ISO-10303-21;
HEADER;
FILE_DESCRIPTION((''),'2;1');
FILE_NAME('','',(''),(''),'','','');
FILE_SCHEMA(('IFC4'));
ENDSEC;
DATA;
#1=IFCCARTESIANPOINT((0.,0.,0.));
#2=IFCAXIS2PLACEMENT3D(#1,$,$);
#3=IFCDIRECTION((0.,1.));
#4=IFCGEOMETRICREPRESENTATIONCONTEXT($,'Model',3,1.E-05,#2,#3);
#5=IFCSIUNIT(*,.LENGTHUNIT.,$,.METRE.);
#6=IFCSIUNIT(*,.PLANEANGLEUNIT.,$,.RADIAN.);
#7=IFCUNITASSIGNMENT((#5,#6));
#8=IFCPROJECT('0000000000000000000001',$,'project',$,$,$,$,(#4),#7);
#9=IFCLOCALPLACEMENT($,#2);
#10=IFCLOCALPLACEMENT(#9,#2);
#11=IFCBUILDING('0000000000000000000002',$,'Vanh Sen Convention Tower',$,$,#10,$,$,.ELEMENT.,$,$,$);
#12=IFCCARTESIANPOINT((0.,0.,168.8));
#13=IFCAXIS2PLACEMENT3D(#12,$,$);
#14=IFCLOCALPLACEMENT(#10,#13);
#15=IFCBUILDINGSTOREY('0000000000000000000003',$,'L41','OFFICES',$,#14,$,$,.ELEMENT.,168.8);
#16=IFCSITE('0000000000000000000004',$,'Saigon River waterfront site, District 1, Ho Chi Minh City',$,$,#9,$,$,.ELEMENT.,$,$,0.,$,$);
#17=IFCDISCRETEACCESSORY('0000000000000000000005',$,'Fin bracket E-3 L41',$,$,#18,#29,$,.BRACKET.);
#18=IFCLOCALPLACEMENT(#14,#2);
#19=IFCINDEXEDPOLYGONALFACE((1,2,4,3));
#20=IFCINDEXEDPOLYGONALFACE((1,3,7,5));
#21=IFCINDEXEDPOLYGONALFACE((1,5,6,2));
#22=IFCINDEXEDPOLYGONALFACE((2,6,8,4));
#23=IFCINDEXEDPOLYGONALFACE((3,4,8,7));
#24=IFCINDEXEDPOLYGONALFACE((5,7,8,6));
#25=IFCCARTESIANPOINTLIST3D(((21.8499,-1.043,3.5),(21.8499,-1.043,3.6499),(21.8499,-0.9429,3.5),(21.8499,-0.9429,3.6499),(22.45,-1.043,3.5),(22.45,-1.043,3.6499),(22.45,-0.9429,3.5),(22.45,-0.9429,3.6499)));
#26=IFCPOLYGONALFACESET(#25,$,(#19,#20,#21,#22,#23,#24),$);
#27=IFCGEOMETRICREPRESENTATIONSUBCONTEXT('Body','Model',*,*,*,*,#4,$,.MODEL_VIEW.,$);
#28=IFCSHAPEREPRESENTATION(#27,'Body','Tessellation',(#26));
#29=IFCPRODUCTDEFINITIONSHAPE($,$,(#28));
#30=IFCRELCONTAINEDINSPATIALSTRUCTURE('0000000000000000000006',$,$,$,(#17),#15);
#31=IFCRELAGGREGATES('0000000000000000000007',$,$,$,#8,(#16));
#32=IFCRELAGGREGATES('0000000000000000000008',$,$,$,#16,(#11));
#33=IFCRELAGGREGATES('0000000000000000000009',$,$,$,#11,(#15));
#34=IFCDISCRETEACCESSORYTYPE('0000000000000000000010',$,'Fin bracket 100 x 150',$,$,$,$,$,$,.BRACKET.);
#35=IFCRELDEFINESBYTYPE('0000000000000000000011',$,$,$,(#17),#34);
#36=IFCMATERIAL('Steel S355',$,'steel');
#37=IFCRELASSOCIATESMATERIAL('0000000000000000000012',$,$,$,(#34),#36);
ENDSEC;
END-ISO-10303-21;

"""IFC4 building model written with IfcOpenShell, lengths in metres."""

from ifc_helpers import new_model, si_unit, direction, frame, origin, origin_2d, place, context, subcontext, project, spatial, rectangle, extrude, material, type_object, element, save


model = new_model("IFC4")

# Units and contexts
model_context = context("Model", 3, precision=1e-05, world=origin(), true_north=direction((0.0, 1.0)))
body_context = subcontext(model_context, "Body", "Model", "MODEL_VIEW")
ifc_project = project(units=[si_unit("LENGTHUNIT", "METRE"), si_unit("PLANEANGLEUNIT", "RADIAN")], contexts=[model_context])

# Site, building, storey
site_placement = place(None, origin())
site = spatial("IfcSite", under=ifc_project, at=site_placement, Name="Saigon River waterfront site, District 1, Ho Chi Minh City", CompositionType="ELEMENT", RefElevation=0.0)
building_placement = place(site_placement, origin())
building = spatial("IfcBuilding", under=site, at=building_placement, Name="Vanh Sen Convention Tower", CompositionType="ELEMENT")
storey_placement = place(building_placement, frame((0.0, 0.0, 168.8)))
storey = spatial("IfcBuildingStorey", under=building, at=storey_placement, Name="L41", Description="OFFICES", CompositionType="ELEMENT", Elevation=168.8)

# Discrete accessory
ifc_material_1 = material(Name="Steel S355", Category="steel")
discrete_accessory_type = type_object("IfcDiscreteAccessoryType", Name="Fin bracket 100 x 150", PredefinedType="BRACKET", material=ifc_material_1)
for number, where, z_axis, x_axis, name in (
    (1, (22.1499, -0.9929, 3.5), (0.0, 0.0, 1.0), (1.0, 0.0, 0.0), "Fin bracket E-3 L41"),
):
    element("IfcDiscreteAccessory", number, at=place(storey_placement, frame(where, z_axis=z_axis, x_axis=x_axis)), inside=storey, type_object=discrete_accessory_type, Name=name, PredefinedType="BRACKET", context=body_context, shape_type="SweptSolid", body=[
        extrude(rectangle(XDim=0.6001, YDim=0.1001, at=origin_2d()), origin(), (0.0, 0.0, 1.0), 0.1499),
    ])

save(model, "model.ifc")
